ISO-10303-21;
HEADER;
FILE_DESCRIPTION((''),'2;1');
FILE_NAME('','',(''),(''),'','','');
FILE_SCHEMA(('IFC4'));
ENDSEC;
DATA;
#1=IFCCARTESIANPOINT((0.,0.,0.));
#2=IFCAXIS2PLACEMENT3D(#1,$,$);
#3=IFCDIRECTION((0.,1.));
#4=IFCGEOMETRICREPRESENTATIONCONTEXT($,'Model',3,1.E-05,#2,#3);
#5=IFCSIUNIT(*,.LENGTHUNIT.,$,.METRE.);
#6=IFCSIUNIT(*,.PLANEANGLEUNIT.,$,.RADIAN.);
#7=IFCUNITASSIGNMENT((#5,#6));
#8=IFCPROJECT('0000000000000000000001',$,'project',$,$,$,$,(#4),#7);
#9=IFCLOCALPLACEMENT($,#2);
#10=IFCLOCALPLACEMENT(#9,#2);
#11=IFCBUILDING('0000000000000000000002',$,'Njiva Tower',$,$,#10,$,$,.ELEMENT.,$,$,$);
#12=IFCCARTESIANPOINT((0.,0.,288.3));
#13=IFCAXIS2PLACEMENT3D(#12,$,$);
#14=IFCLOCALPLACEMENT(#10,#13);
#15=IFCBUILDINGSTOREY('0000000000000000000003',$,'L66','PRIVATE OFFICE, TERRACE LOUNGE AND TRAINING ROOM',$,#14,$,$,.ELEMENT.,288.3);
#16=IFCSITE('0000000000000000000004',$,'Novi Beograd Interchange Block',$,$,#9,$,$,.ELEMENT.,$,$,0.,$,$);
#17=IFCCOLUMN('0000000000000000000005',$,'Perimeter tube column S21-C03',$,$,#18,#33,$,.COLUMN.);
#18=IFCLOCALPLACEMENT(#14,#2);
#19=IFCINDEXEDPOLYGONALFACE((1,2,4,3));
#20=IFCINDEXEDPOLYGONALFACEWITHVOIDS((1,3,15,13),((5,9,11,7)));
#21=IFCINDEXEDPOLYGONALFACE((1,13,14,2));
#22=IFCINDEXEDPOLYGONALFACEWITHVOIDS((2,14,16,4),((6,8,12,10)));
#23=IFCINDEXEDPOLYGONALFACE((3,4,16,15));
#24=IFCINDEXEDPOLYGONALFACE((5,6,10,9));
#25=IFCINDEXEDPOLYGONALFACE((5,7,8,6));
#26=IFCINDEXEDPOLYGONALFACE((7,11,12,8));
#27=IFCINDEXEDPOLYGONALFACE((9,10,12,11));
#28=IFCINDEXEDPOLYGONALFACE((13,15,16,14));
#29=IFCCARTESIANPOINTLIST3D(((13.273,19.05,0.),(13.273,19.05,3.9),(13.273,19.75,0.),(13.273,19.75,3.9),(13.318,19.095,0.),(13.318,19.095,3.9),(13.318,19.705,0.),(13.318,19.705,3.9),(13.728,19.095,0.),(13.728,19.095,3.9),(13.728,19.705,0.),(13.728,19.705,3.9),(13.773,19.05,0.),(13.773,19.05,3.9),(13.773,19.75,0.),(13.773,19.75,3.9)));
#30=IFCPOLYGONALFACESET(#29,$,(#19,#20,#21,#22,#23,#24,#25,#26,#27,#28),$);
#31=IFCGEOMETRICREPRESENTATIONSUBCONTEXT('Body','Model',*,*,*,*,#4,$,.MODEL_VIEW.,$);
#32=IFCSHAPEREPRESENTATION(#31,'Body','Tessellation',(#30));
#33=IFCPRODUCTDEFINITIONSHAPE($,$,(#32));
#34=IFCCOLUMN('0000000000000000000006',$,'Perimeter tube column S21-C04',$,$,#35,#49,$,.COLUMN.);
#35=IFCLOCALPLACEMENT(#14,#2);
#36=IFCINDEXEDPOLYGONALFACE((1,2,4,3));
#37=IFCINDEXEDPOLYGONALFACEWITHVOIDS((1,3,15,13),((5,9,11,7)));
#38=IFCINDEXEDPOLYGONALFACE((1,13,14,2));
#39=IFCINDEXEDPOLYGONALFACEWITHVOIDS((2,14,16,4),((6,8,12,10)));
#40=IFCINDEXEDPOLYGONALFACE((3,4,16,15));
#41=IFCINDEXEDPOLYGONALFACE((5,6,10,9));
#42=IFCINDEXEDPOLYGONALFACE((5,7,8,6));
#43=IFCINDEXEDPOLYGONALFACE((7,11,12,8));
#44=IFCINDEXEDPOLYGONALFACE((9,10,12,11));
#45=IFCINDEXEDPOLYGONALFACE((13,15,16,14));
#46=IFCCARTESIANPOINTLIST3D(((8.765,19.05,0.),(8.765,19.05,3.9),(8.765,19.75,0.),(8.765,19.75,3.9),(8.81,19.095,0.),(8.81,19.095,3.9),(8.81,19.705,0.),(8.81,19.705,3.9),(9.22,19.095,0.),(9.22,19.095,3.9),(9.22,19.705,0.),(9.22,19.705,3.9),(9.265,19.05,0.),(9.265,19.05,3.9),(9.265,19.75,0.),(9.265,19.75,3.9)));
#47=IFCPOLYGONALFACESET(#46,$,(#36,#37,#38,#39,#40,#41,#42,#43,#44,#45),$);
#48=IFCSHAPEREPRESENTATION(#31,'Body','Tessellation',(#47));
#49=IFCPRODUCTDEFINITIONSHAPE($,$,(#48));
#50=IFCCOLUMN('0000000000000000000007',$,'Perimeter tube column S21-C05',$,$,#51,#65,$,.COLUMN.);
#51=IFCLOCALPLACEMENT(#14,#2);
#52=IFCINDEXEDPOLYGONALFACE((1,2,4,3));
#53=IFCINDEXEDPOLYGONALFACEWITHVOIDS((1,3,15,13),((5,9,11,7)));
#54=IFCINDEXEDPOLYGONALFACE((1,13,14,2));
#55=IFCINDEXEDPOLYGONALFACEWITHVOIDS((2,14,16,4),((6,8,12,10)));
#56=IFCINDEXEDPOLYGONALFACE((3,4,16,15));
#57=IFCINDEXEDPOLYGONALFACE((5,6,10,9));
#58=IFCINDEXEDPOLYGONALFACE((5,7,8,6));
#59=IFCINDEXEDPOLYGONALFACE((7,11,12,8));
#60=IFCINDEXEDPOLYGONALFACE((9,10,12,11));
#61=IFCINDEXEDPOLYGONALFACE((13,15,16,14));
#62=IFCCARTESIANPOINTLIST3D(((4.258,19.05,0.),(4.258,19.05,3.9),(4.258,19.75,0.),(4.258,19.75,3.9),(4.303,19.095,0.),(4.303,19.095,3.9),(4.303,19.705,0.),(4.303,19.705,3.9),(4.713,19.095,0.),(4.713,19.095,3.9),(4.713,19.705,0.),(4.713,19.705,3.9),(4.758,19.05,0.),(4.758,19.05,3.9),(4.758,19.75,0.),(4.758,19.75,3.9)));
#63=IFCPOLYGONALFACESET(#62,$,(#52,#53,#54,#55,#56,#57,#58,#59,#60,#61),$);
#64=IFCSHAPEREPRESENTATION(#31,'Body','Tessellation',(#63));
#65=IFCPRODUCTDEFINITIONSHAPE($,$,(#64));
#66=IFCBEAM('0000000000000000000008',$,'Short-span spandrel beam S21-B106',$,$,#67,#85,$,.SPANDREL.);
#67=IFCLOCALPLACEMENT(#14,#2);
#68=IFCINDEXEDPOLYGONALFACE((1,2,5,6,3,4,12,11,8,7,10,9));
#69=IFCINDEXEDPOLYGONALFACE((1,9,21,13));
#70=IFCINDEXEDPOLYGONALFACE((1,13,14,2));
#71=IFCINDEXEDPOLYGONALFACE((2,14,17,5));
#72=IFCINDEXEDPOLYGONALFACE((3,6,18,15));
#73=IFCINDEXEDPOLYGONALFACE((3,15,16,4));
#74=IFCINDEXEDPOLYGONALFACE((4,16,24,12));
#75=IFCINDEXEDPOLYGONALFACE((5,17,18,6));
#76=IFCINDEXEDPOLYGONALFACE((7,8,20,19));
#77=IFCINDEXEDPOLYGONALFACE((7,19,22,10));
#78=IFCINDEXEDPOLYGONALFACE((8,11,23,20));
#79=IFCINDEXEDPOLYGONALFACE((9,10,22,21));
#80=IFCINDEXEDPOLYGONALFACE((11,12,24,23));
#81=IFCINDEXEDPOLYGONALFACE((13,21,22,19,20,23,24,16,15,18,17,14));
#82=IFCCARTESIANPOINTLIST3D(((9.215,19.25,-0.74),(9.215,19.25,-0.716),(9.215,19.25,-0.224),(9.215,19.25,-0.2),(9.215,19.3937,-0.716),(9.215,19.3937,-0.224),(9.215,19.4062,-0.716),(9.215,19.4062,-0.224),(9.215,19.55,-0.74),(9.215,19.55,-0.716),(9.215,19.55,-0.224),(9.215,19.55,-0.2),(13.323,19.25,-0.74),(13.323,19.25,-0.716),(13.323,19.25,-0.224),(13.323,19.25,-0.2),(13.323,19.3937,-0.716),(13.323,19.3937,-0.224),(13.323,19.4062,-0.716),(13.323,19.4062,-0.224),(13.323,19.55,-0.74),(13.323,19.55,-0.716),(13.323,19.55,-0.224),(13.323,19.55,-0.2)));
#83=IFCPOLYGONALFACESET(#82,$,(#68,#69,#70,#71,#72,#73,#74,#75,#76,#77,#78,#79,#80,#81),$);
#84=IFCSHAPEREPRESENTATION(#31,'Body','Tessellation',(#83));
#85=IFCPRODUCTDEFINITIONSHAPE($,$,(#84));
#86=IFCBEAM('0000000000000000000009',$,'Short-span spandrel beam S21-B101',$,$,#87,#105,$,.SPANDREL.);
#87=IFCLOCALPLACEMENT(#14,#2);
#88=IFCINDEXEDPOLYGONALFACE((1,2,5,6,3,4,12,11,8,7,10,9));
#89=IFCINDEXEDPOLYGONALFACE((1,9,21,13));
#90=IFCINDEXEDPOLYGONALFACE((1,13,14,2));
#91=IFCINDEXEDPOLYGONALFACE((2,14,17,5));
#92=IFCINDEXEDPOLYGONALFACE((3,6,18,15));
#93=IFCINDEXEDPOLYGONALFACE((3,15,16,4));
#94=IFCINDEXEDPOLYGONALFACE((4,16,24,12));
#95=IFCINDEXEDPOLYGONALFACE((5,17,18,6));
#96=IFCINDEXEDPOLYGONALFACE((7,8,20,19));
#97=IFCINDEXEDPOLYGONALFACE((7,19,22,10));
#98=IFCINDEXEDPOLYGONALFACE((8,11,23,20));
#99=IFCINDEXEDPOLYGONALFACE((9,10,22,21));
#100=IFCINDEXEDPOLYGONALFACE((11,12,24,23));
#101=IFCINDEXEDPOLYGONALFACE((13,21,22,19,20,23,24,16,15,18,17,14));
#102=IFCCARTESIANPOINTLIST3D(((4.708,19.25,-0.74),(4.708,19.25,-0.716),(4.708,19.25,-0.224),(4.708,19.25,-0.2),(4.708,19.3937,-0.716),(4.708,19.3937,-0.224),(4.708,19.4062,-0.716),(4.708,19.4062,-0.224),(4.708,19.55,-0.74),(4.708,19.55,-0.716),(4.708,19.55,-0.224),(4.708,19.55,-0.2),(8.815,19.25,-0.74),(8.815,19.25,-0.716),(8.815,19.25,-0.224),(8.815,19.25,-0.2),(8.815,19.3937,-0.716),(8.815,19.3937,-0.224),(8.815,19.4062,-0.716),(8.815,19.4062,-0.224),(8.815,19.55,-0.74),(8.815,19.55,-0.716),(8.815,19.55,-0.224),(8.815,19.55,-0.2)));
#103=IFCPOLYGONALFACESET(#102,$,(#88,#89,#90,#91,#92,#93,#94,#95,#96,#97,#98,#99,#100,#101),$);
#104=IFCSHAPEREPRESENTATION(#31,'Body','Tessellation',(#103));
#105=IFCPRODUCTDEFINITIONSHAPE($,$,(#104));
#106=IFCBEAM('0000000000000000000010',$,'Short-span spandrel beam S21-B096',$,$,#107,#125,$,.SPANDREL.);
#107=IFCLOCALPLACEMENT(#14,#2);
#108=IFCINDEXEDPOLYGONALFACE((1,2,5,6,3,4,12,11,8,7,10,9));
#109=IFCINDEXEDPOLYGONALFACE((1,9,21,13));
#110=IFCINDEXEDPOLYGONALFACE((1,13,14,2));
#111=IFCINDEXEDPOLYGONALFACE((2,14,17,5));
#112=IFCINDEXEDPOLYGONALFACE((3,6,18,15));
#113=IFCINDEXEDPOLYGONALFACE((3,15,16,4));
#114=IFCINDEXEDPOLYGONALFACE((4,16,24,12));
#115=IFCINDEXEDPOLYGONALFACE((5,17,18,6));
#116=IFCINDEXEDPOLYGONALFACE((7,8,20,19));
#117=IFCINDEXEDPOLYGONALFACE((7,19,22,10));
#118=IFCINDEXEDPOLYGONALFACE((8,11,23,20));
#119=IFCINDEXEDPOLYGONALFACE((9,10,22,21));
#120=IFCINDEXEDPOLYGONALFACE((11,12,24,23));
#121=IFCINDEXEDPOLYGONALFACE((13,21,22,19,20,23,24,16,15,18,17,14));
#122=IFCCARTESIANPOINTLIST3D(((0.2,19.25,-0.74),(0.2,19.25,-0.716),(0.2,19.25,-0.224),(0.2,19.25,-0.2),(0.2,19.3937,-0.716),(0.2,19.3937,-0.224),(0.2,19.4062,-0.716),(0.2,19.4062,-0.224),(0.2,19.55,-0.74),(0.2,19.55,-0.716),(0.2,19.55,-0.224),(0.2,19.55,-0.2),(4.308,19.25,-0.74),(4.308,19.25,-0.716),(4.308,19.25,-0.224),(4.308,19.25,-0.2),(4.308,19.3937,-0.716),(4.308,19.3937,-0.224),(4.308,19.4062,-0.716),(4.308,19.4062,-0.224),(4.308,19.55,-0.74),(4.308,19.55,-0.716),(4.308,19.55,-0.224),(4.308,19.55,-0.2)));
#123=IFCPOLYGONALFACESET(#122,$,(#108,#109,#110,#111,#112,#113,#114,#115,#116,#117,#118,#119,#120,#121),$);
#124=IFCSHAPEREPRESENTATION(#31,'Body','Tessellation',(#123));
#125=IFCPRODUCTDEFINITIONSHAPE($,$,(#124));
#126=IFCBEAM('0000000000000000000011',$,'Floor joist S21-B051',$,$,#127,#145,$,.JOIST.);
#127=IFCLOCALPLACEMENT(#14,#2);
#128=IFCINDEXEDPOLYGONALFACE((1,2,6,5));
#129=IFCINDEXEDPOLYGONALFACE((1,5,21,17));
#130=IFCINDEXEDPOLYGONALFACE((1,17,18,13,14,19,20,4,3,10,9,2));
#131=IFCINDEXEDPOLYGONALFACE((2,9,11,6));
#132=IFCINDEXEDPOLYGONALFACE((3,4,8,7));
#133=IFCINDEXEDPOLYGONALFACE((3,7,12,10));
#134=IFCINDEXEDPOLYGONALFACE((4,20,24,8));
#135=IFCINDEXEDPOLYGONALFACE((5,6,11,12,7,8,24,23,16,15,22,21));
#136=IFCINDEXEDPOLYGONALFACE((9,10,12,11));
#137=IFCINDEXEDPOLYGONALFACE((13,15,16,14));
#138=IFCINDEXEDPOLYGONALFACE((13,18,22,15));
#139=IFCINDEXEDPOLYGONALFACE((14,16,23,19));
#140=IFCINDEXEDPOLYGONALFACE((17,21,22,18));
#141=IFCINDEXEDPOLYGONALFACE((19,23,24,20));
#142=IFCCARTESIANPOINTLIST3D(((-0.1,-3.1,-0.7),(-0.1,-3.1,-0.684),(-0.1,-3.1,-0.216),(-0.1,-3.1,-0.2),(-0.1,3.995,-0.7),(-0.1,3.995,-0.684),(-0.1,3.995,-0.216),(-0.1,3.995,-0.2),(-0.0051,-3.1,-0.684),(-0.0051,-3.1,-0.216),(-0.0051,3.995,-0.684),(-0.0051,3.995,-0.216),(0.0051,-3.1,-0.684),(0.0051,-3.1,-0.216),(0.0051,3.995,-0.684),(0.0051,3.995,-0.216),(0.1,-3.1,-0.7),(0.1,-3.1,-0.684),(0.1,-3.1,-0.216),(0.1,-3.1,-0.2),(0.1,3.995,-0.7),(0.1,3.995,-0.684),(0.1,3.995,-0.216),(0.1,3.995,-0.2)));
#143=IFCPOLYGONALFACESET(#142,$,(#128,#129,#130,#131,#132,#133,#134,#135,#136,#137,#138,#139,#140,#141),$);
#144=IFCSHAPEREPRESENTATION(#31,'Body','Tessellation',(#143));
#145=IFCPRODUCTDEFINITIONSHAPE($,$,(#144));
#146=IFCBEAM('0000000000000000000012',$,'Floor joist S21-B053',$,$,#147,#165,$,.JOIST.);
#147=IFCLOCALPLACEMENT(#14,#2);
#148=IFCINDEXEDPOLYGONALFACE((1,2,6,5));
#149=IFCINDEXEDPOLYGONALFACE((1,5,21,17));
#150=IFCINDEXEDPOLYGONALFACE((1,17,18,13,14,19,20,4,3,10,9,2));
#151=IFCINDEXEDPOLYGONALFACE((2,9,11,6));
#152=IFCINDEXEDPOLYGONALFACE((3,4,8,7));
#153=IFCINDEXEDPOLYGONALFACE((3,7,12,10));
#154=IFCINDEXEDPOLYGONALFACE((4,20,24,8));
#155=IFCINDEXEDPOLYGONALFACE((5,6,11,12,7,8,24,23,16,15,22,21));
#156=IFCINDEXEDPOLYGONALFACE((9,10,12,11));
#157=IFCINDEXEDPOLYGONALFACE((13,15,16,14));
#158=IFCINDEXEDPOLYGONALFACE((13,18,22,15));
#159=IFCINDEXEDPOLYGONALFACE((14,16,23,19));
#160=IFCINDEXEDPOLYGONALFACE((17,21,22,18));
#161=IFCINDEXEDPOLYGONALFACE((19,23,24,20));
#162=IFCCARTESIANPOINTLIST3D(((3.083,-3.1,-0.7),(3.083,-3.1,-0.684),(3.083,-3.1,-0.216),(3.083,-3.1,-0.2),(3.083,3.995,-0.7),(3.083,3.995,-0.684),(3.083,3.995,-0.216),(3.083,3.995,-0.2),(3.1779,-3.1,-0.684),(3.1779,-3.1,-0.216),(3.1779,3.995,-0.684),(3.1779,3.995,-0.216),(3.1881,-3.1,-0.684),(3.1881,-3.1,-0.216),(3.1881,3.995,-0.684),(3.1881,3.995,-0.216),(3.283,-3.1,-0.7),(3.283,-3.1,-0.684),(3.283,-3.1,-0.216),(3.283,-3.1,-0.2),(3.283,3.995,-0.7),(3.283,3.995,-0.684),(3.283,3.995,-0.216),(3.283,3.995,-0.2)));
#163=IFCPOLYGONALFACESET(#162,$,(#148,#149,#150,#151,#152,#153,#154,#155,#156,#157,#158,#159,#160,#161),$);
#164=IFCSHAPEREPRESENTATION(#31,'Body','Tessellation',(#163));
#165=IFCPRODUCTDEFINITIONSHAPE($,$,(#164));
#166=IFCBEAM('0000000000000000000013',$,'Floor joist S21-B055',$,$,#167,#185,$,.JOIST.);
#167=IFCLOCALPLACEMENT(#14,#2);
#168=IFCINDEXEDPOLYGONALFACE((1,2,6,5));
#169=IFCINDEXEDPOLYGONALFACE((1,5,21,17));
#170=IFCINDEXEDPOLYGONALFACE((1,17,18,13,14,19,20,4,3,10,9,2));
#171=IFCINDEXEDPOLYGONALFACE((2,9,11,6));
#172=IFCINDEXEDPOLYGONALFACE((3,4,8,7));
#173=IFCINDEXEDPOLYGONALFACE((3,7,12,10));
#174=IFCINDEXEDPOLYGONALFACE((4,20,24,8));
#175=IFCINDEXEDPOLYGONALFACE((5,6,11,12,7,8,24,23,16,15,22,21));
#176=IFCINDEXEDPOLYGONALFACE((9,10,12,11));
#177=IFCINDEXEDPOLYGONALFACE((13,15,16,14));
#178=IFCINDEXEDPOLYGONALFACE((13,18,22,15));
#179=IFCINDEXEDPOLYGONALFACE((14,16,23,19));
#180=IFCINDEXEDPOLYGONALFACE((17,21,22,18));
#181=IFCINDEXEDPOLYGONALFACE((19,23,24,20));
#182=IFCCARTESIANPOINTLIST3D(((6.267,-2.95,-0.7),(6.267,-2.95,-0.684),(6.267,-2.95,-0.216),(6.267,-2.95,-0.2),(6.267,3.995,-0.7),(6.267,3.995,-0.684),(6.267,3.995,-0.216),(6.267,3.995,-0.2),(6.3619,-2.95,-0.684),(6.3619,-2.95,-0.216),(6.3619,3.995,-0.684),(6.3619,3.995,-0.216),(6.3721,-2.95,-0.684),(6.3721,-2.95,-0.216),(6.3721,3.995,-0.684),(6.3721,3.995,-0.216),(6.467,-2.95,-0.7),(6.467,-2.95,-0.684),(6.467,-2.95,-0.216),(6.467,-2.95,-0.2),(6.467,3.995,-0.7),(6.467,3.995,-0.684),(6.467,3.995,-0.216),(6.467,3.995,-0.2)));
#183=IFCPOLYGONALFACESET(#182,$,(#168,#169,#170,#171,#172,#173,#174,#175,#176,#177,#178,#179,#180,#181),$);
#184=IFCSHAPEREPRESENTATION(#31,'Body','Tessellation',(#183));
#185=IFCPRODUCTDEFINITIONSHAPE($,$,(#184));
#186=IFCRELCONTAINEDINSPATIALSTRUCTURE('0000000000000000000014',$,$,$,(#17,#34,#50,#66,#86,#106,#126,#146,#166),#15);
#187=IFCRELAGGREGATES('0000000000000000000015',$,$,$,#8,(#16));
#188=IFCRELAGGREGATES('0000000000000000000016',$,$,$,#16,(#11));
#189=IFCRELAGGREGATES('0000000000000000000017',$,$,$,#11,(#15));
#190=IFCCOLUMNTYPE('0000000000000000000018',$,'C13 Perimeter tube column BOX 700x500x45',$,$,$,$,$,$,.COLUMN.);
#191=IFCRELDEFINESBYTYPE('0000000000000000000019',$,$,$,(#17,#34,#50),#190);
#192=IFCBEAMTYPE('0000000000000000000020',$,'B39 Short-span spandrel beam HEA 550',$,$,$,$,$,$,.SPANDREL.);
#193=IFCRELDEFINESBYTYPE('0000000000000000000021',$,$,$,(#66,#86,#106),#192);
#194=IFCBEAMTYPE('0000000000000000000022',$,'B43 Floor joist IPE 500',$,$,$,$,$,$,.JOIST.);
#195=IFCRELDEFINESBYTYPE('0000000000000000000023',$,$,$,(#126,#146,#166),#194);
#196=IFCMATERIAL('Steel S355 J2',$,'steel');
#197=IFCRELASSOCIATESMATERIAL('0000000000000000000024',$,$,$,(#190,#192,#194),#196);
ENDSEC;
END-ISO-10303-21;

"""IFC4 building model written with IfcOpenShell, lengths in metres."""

from ifc_helpers import new_model, si_unit, direction, frame, origin, origin_2d, place, context, subcontext, project, spatial, hollow_rectangle, i_section, extrude, material, material_profile, profile_set, type_object, element, save


model = new_model("IFC4")

# Units and contexts
model_context = context("Model", 3, precision=1e-05, world=origin(), true_north=direction((0.0, 1.0)))
body_context = subcontext(model_context, "Body", "Model", "MODEL_VIEW")
ifc_project = project(units=[si_unit("LENGTHUNIT", "METRE"), si_unit("PLANEANGLEUNIT", "RADIAN")], contexts=[model_context])

# Site, building, storey
site_placement = place(None, origin())
site = spatial("IfcSite", under=ifc_project, at=site_placement, Name="Novi Beograd Interchange Block", CompositionType="ELEMENT", RefElevation=0.0)
building_placement = place(site_placement, origin())
building = spatial("IfcBuilding", under=site, at=building_placement, Name="Njiva Tower", CompositionType="ELEMENT")
storey_placement = place(building_placement, frame((0.0, 0.0, 288.3)))
storey = spatial("IfcBuildingStorey", under=building, at=storey_placement, Name="L66", Description="PRIVATE OFFICE, TERRACE LOUNGE AND TRAINING ROOM", CompositionType="ELEMENT", Elevation=288.3)

# Columns
ifc_material_1 = material(Name="Steel S355 J2", Category="steel")
ifc_material_profile_1 = material_profile(ifc_material_1, hollow_rectangle(XDim=0.5, YDim=0.7, WallThickness=0.045, at=origin_2d()), Name="BOX 700x500x45")
ifc_profile_set_1 = profile_set([ifc_material_profile_1], Name="Steel S355 J2")
column_type = type_object("IfcColumnType", Name="C13 Perimeter tube column BOX 700x500x45", PredefinedType="COLUMN", material=ifc_profile_set_1)
for number, where, z_axis, x_axis, name in (
    (1, (13.523, 19.4, 0.0), (0.0, 0.0, 1.0), (-1.0, 0.0, 0.0), "Perimeter tube column S21-C03"),
    (2, (9.015, 19.4, 0.0), (0.0, 0.0, 1.0), (-1.0, 0.0, 0.0), "Perimeter tube column S21-C04"),
    (3, (4.508, 19.4, 0.0), (0.0, 0.0, 1.0), (-1.0, 0.0, 0.0), "Perimeter tube column S21-C05"),
):
    element("IfcColumn", number, at=place(storey_placement, frame(where, z_axis=z_axis, x_axis=x_axis)), inside=storey, type_object=column_type, Name=name, PredefinedType="COLUMN", context=body_context, shape_type="SweptSolid", body=[
        extrude(hollow_rectangle(XDim=0.5, YDim=0.7, WallThickness=0.045, at=origin_2d()), origin(), (0.0, 0.0, 1.0), 3.9),
    ])

# Beams
ifc_material_profile_2 = material_profile(ifc_material_1, i_section(OverallWidth=0.3, OverallDepth=0.54, WebThickness=0.0125, FlangeThickness=0.024, at=origin_2d()), Name="HEA 550")
ifc_profile_set_2 = profile_set([ifc_material_profile_2], Name="Steel S355 J2")
beam_type_1 = type_object("IfcBeamType", Name="B39 Short-span spandrel beam HEA 550", PredefinedType="SPANDREL", material=ifc_profile_set_2)
beam_1_placement = place(storey_placement, frame((13.323, 19.4, -0.47), z_axis=(-1.0, 0.0, 0.0), x_axis=(0.0, -1.0, 0.0)))
element("IfcBeam", 4, at=beam_1_placement, inside=storey, type_object=beam_type_1, Name="Short-span spandrel beam S21-B106", PredefinedType="SPANDREL", context=body_context, shape_type="SweptSolid", body=[
    extrude(i_section(OverallWidth=0.3, OverallDepth=0.54, WebThickness=0.0125, FlangeThickness=0.024, at=origin_2d()), origin(), (0.0, 0.0, 1.0), 4.108),
])
beam_2_placement = place(storey_placement, frame((8.815, 19.4, -0.47), z_axis=(-1.0, 0.0, 0.0), x_axis=(0.0, -1.0, 0.0)))
element("IfcBeam", 5, at=beam_2_placement, inside=storey, type_object=beam_type_1, Name="Short-span spandrel beam S21-B101", PredefinedType="SPANDREL", context=body_context, shape_type="SweptSolid", body=[
    extrude(i_section(OverallWidth=0.3, OverallDepth=0.54, WebThickness=0.0125, FlangeThickness=0.024, at=origin_2d()), origin(), (0.0, 0.0, 1.0), 4.107),
])
beam_3_placement = place(storey_placement, frame((4.308, 19.4, -0.47), z_axis=(-1.0, 0.0, 0.0), x_axis=(0.0, -1.0, 0.0)))
element("IfcBeam", 6, at=beam_3_placement, inside=storey, type_object=beam_type_1, Name="Short-span spandrel beam S21-B096", PredefinedType="SPANDREL", context=body_context, shape_type="SweptSolid", body=[
    extrude(i_section(OverallWidth=0.3, OverallDepth=0.54, WebThickness=0.0125, FlangeThickness=0.024, at=origin_2d()), origin(), (0.0, 0.0, 1.0), 4.108),
])
ifc_material_profile_3 = material_profile(ifc_material_1, i_section(OverallWidth=0.2, OverallDepth=0.5, WebThickness=0.0102, FlangeThickness=0.016, at=origin_2d()), Name="IPE 500")
ifc_profile_set_3 = profile_set([ifc_material_profile_3], Name="Steel S355 J2")
beam_type_2 = type_object("IfcBeamType", Name="B43 Floor joist IPE 500", PredefinedType="JOIST", material=ifc_profile_set_3)
for number, where, z_axis, x_axis, name in (
    (7, (0.0, 3.995, -0.45), (0.0, -1.0, 0.0), (1.0, 0.0, 0.0), "Floor joist S21-B051"),
    (8, (3.183, 3.995, -0.45), (0.0, -1.0, 0.0), (1.0, 0.0, 0.0), "Floor joist S21-B053"),
):
    element("IfcBeam", number, at=place(storey_placement, frame(where, z_axis=z_axis, x_axis=x_axis)), inside=storey, type_object=beam_type_2, Name=name, PredefinedType="JOIST", context=body_context, shape_type="SweptSolid", body=[
        extrude(i_section(OverallWidth=0.2, OverallDepth=0.5, WebThickness=0.0102, FlangeThickness=0.016, at=origin_2d()), origin(), (0.0, 0.0, 1.0), 7.095),
    ])
beam_4_placement = place(storey_placement, frame((6.367, 3.995, -0.45), z_axis=(0.0, -1.0, 0.0), x_axis=(1.0, 0.0, 0.0)))
element("IfcBeam", 9, at=beam_4_placement, inside=storey, type_object=beam_type_2, Name="Floor joist S21-B055", PredefinedType="JOIST", context=body_context, shape_type="SweptSolid", body=[
    extrude(i_section(OverallWidth=0.2, OverallDepth=0.5, WebThickness=0.0102, FlangeThickness=0.016, at=origin_2d()), origin(), (0.0, 0.0, 1.0), 6.945),
])

save(model, "model.ifc")
